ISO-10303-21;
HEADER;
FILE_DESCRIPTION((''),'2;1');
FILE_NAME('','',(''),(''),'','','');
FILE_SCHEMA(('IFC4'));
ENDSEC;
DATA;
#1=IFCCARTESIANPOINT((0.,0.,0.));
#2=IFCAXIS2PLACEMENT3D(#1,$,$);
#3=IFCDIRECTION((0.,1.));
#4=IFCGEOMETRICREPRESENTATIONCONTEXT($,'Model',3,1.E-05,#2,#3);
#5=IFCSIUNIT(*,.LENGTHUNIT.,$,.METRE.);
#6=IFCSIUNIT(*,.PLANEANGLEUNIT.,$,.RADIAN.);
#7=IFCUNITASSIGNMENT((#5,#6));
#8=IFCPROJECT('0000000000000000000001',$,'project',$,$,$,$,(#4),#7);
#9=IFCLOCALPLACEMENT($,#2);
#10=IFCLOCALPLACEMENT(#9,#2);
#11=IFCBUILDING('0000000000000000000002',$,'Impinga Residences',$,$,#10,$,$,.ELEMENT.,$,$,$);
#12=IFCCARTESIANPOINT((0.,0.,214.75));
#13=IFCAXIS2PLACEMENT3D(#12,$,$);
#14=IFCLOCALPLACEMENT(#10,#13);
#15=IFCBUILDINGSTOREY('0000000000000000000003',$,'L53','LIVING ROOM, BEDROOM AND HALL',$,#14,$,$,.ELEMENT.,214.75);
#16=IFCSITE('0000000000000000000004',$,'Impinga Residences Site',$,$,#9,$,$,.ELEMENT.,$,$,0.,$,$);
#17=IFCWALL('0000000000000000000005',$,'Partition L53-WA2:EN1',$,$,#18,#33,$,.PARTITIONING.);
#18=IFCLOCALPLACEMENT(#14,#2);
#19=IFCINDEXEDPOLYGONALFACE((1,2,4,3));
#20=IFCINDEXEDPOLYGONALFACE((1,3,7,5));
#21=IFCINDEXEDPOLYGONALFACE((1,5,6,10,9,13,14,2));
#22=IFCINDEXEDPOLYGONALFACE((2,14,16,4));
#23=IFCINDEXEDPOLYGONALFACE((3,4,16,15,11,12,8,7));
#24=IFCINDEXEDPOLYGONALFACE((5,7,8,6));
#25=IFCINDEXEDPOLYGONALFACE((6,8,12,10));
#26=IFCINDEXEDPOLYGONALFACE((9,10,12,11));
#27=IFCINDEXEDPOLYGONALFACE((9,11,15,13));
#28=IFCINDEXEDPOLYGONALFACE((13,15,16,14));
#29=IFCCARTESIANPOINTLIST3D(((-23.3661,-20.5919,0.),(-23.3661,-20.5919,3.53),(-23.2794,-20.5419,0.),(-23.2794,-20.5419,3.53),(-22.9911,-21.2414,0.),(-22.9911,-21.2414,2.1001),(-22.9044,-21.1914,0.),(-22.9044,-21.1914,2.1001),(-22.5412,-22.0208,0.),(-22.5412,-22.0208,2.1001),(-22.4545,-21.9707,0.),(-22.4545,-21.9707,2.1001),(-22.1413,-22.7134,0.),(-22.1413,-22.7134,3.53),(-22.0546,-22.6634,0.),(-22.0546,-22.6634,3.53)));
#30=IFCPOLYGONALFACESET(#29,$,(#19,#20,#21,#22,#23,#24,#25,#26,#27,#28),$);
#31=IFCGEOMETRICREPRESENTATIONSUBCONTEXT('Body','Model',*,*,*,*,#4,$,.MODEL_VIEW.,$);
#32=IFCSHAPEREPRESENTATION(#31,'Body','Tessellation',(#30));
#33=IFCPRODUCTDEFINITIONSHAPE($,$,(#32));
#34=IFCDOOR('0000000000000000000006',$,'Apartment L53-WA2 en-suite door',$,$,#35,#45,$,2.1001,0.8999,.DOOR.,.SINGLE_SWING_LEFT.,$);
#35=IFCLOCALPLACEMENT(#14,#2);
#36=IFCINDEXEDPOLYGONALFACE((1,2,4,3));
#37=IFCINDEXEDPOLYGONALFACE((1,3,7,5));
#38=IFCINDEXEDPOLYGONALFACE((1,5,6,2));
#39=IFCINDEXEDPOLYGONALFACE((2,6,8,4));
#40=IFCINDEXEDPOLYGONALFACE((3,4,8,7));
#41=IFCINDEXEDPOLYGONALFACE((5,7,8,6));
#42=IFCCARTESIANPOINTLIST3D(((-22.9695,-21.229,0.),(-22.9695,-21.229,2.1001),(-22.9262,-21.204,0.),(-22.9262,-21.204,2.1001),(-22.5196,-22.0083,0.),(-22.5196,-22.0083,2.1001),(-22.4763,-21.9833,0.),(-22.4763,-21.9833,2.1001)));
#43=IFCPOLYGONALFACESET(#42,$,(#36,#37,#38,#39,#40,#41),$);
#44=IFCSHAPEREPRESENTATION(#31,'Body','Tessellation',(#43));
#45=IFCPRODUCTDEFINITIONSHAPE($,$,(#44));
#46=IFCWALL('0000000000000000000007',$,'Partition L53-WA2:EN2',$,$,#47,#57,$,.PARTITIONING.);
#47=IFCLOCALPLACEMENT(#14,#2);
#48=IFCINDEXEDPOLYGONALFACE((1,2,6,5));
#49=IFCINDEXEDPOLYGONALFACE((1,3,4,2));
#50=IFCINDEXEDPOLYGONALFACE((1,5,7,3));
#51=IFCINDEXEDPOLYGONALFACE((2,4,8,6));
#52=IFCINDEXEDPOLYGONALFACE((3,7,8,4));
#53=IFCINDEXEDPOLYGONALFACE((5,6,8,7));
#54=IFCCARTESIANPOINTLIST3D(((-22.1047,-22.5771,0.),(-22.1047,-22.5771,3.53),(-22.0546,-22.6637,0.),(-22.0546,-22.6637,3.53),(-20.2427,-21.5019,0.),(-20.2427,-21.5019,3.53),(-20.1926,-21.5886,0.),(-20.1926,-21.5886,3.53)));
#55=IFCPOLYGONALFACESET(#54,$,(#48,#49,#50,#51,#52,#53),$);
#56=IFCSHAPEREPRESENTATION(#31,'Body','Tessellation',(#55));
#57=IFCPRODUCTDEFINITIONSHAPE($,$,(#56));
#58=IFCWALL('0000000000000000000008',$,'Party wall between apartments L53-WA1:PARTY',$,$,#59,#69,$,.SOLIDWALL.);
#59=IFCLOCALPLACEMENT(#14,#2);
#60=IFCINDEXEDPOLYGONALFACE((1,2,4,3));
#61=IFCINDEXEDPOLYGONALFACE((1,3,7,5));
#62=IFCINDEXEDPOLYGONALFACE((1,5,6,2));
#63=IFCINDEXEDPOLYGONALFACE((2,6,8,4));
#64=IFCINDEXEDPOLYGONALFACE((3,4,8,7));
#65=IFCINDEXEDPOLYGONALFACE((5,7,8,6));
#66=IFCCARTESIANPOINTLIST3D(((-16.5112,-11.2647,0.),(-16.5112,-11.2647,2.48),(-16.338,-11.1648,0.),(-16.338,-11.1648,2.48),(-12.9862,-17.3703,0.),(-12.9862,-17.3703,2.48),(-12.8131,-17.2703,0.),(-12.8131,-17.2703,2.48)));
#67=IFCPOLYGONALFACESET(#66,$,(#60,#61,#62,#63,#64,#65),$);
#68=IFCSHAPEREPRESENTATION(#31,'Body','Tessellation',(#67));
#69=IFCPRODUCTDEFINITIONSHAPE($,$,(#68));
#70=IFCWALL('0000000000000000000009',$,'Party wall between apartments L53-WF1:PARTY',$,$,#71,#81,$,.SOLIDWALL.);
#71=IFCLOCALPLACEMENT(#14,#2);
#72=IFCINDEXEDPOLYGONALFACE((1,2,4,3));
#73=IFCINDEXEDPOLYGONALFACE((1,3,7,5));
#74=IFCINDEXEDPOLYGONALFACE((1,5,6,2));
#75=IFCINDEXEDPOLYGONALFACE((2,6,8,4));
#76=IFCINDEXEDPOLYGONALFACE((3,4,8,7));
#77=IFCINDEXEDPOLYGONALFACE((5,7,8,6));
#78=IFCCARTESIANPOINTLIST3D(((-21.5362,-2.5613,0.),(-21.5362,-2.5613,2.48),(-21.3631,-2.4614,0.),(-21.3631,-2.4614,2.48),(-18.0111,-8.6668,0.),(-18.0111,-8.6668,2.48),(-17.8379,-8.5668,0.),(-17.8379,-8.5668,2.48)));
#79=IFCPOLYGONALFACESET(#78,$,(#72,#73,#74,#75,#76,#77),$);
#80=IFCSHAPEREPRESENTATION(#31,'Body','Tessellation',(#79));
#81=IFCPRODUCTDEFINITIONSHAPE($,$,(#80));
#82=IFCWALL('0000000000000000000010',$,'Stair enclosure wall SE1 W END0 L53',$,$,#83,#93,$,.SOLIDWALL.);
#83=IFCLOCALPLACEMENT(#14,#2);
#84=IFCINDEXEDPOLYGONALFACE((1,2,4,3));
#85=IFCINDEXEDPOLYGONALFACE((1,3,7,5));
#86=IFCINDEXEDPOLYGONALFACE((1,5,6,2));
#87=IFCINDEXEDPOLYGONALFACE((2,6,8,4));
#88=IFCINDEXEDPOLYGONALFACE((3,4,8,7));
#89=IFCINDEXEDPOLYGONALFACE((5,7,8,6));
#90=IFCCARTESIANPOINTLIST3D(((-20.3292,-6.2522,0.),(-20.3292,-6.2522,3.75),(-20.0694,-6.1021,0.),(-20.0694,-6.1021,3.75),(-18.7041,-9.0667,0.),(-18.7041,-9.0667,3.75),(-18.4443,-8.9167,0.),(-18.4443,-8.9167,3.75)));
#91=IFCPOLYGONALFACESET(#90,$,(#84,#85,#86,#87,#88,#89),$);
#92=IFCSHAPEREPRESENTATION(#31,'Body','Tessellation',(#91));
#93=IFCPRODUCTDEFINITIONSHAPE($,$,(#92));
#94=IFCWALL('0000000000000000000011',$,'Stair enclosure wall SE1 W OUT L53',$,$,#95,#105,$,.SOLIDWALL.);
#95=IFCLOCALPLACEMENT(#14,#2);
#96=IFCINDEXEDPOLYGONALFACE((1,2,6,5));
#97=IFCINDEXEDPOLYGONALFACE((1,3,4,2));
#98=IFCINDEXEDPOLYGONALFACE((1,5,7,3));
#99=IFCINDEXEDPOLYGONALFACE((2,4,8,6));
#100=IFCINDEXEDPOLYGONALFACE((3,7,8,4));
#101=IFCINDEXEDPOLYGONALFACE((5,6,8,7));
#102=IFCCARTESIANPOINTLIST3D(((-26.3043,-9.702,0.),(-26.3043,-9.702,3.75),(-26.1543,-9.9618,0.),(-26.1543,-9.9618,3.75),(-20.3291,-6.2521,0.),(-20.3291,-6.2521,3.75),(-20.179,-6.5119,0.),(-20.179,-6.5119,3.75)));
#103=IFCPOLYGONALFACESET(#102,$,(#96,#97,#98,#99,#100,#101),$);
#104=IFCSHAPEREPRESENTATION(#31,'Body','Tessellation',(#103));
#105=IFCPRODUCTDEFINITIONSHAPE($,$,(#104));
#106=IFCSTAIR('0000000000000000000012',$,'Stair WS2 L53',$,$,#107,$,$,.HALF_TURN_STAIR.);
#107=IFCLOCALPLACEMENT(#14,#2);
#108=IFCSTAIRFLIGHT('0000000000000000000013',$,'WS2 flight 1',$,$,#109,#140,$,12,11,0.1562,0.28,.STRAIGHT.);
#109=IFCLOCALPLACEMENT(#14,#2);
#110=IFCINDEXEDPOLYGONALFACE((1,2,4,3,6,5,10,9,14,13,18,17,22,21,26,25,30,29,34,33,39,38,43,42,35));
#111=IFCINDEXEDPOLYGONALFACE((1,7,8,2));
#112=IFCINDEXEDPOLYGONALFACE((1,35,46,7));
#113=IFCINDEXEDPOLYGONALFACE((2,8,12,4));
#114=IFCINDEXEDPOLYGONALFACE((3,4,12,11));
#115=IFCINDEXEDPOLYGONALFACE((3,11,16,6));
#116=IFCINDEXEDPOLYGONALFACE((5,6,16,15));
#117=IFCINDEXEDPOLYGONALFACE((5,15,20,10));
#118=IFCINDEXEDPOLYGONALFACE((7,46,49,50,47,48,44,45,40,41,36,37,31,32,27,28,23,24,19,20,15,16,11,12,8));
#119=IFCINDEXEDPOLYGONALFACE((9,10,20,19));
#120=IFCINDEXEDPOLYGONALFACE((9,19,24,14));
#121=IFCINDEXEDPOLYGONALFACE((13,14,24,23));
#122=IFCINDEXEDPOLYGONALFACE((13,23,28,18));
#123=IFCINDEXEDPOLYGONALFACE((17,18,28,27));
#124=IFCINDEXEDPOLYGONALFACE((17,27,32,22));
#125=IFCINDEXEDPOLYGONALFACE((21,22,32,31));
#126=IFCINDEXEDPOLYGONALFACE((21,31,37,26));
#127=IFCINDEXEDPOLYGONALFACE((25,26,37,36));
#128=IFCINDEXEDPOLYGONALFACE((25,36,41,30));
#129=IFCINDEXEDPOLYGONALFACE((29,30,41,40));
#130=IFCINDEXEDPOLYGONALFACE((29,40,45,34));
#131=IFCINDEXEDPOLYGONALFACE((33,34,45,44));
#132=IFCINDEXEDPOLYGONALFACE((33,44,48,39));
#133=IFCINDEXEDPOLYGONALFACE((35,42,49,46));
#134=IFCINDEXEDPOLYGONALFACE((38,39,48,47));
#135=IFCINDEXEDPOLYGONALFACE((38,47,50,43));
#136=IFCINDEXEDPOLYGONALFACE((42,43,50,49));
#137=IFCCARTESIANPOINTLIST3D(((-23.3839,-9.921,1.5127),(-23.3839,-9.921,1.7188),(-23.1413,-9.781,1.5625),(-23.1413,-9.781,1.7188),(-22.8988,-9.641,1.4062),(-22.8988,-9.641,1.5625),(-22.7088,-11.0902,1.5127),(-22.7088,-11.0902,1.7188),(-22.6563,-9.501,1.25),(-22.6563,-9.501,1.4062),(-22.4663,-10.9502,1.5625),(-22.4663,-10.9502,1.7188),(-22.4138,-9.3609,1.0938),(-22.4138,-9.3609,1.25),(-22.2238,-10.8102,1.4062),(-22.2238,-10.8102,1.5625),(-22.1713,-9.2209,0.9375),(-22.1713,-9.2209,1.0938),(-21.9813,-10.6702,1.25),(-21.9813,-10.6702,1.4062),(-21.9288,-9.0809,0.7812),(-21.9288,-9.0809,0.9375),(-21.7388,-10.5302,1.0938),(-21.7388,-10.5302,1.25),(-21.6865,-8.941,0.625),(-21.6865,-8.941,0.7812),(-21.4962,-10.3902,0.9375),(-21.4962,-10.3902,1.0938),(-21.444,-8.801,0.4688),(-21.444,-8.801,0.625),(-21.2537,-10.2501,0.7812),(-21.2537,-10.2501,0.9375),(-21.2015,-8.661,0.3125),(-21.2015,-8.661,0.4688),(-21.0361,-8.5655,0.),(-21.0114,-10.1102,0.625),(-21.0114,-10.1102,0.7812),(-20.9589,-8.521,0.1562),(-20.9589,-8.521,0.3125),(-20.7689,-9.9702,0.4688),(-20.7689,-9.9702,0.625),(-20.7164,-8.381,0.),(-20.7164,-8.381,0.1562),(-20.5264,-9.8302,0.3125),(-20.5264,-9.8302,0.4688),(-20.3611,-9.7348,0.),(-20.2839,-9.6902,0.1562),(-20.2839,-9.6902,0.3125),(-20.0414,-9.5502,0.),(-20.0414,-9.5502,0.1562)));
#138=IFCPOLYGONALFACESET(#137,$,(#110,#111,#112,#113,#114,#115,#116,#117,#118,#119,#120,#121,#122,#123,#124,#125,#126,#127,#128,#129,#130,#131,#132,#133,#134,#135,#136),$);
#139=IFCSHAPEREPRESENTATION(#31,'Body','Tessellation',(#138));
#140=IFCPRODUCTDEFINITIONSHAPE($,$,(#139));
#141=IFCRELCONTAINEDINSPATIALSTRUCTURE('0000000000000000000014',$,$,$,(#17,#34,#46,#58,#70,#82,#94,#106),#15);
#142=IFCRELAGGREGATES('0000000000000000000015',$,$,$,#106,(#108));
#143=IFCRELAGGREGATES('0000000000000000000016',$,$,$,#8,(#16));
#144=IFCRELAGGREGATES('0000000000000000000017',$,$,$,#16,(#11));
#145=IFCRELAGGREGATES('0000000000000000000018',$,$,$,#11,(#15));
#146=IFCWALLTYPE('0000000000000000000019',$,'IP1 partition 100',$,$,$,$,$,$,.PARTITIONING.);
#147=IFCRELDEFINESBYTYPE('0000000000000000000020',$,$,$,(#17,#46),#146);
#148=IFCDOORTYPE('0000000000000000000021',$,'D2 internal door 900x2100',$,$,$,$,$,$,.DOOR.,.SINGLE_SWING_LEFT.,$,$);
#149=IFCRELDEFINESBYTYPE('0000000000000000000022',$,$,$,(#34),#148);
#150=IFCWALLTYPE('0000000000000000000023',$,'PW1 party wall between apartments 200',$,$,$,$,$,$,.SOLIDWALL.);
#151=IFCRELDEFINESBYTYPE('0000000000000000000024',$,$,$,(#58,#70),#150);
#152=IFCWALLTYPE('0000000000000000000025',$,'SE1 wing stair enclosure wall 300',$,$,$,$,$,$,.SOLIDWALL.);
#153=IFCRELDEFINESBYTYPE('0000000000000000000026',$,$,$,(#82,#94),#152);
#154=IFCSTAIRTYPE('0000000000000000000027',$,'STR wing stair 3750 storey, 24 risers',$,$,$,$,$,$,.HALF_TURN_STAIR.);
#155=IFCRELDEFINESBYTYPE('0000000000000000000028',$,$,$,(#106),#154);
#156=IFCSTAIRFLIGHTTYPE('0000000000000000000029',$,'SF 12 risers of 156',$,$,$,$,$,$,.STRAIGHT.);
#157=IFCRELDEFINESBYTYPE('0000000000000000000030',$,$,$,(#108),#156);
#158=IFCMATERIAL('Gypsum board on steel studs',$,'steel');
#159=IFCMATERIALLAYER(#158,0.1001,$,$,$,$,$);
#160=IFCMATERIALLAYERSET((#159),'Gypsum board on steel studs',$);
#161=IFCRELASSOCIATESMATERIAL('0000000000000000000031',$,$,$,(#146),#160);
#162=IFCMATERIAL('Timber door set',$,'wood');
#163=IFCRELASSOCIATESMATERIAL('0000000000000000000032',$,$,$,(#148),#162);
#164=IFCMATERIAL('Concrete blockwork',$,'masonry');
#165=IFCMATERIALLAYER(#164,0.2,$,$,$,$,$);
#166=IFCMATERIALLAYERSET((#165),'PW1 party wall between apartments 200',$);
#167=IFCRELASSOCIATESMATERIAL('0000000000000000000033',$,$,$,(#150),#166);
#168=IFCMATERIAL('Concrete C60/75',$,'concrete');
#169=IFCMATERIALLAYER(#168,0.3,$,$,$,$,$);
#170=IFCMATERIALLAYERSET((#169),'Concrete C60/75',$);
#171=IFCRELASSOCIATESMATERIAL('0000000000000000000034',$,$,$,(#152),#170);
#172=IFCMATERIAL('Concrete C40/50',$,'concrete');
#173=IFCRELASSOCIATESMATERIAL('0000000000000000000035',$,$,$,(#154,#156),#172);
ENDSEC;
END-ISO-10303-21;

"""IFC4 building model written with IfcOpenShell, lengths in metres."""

from ifc_helpers import new_model, si_unit, direction, frame, frame_2d, origin, place, context, subcontext, project, spatial, polyline, rectangle, outline, extrude, material, layer, layer_set, type_object, element, fill, aggregate, save


model = new_model("IFC4")

# Units and contexts
model_context = context("Model", 3, precision=1e-05, world=origin(), true_north=direction((0.0, 1.0)))
body_context = subcontext(model_context, "Body", "Model", "MODEL_VIEW")
ifc_project = project(units=[si_unit("LENGTHUNIT", "METRE"), si_unit("PLANEANGLEUNIT", "RADIAN")], contexts=[model_context])

# Site, building, storey
site_placement = place(None, origin())
site = spatial("IfcSite", under=ifc_project, at=site_placement, Name="Impinga Residences Site", CompositionType="ELEMENT", RefElevation=0.0)
building_placement = place(site_placement, origin())
building = spatial("IfcBuilding", under=site, at=building_placement, Name="Impinga Residences", CompositionType="ELEMENT")
storey_placement = place(building_placement, frame((0.0, 0.0, 214.75)))
storey = spatial("IfcBuildingStorey", under=building, at=storey_placement, Name="L53", Description="LIVING ROOM, BEDROOM AND HALL", CompositionType="ELEMENT", Elevation=214.75)

# Shared definitions
ifc_material_1 = material(Name="Concrete C60/75", Category="concrete")

# Shared definitions
ifc_material_2 = material(Name="Gypsum board on steel studs", Category="steel")
ifc_layer_1 = layer(ifc_material_2, 0.1001)
ifc_layer_set_1 = layer_set([ifc_layer_1], Name="Gypsum board on steel studs")
wall_type_1 = type_object("IfcWallType", Name="IP1 partition 100", PredefinedType="PARTITIONING", material=ifc_layer_set_1)

# Shared definitions
ifc_material_3 = material(Name="Timber door set", Category="wood")
door_type = type_object("IfcDoorType", Name="D2 internal door 900x2100", OperationType="SINGLE_SWING_LEFT", PredefinedType="DOOR", material=ifc_material_3)

# Wall, opening, door
wall_1_placement = place(storey_placement, frame((-23.3228, -20.5669, 0.0), z_axis=(0.0, 0.0, 1.0), x_axis=(0.499987, -0.866033, 0.0)))
wall_1 = element("IfcWall", 1, at=wall_1_placement, inside=storey, type_object=wall_type_1, Name="Partition L53-WA2:EN1", PredefinedType="PARTITIONING", context=body_context, shape_type="SweptSolid", body=[
    extrude(rectangle(XDim=2.4497, YDim=0.1001, at=frame_2d((1.2249, 0.0))), origin(), (0.0, 0.0, 1.0), 3.53),
])
opening_1_placement = place(wall_1_placement, frame((0.75, 0.0, 0.0)))
opening_1 = element("IfcOpeningElement", 2, at=opening_1_placement, cuts=wall_1, PredefinedType="OPENING", context=body_context, shape_type="SweptSolid", body=[
    extrude(rectangle(XDim=0.8999, YDim=2.1001, at=frame_2d((0.45, 1.05))), frame((0.0, 0.0601, 0.0), z_axis=(0.0, -1.0, 0.0), x_axis=(1.0, 0.0, 0.0)), (0.0, 0.0, 1.0), 0.1201),
])
door_1_placement = place(opening_1_placement, origin())
door_1 = element("IfcDoor", 3, at=door_1_placement, inside=storey, type_object=door_type, Name="Apartment L53-WA2 en-suite door", OperationType="SINGLE_SWING_LEFT", OverallHeight=2.1001, OverallWidth=0.8999, PredefinedType="DOOR", context=body_context, shape_type="SweptSolid", body=[
    extrude(rectangle(XDim=0.8999, YDim=2.1001, at=frame_2d((0.45, 1.05))), frame((0.0, 0.0249, 0.0), z_axis=(0.0, -1.0, 0.0), x_axis=(1.0, 0.0, 0.0)), (0.0, 0.0, 1.0), 0.05),
])
fill(opening_1, door_1)

# Walls
wall_2_placement = place(storey_placement, frame((-20.2175, -21.5452, 0.0), z_axis=(0.0, 0.0, 1.0), x_axis=(-0.865998, -0.500047, 0.0)))
element("IfcWall", 4, at=wall_2_placement, inside=storey, type_object=wall_type_1, Name="Partition L53-WA2:EN2", PredefinedType="PARTITIONING", context=body_context, shape_type="SweptSolid", body=[
    extrude(rectangle(XDim=2.1501, YDim=0.1001, at=frame_2d((1.0752, 0.0))), origin(), (0.0, 0.0, 1.0), 3.53),
])
ifc_material_4 = material(Name="Concrete blockwork", Category="masonry")
ifc_layer_2 = layer(ifc_material_4, 0.2)
ifc_layer_set_2 = layer_set([ifc_layer_2], Name="PW1 party wall between apartments 200")
wall_type_2 = type_object("IfcWallType", Name="PW1 party wall between apartments 200", PredefinedType="SOLIDWALL", material=ifc_layer_set_2)
for number, where, z_axis, x_axis, name in (
    (5, (-16.4246, -11.2148, 0.0), (0.0, 0.0, 1.0), (0.49999, -0.866031, 0.0), "Party wall between apartments L53-WA1:PARTY"),
    (6, (-17.9246, -8.6167, 0.0), (0.0, 0.0, 1.0), (-0.500016, 0.866016, 0.0), "Party wall between apartments L53-WF1:PARTY"),
):
    element("IfcWall", number, at=place(storey_placement, frame(where, z_axis=z_axis, x_axis=x_axis)), inside=storey, type_object=wall_type_2, Name=name, PredefinedType="SOLIDWALL", context=body_context, shape_type="SweptSolid", body=[
        extrude(rectangle(XDim=7.05, YDim=0.2, at=frame_2d((3.5249, 0.0))), origin(), (0.0, 0.0, 1.0), 2.48),
    ])
ifc_layer_3 = layer(ifc_material_1, 0.3)
ifc_layer_set_3 = layer_set([ifc_layer_3], Name="Concrete C60/75")
wall_type_3 = type_object("IfcWallType", Name="SE1 wing stair enclosure wall 300", PredefinedType="SOLIDWALL", material=ifc_layer_set_3)
wall_3_placement = place(storey_placement, frame((-18.5742, -8.9917, 0.0), z_axis=(0.0, 0.0, 1.0), x_axis=(-0.500017, 0.866015, 0.0)))
element("IfcWall", 7, at=wall_3_placement, inside=storey, type_object=wall_type_3, Name="Stair enclosure wall SE1 W END0 L53", PredefinedType="SOLIDWALL", context=body_context, shape_type="SweptSolid", body=[
    extrude(rectangle(XDim=3.25, YDim=0.3, at=frame_2d((1.625, 0.0))), origin(), (0.0, 0.0, 1.0), 3.75),
])
wall_4_placement = place(storey_placement, frame((-20.2542, -6.3821, 0.0), z_axis=(0.0, 0.0, 1.0), x_axis=(-0.86602, -0.500009, 0.0)))
element("IfcWall", 8, at=wall_4_placement, inside=storey, type_object=wall_type_3, Name="Stair enclosure wall SE1 W OUT L53", PredefinedType="SOLIDWALL", context=body_context, shape_type="SweptSolid", body=[
    extrude(rectangle(XDim=6.8997, YDim=0.3, at=frame_2d((3.4497, 0.0))), origin(), (0.0, 0.0, 1.0), 3.75),
])

# Stair, stair flight
ifc_material_5 = material(Name="Concrete C40/50", Category="concrete")
stair_type = type_object("IfcStairType", Name="STR wing stair 3750 storey, 24 risers", PredefinedType="HALF_TURN_STAIR", material=ifc_material_5)
stair_placement = place(storey_placement, origin())
stair = element("IfcStair", 9, at=stair_placement, inside=storey, type_object=stair_type, Name="Stair WS2 L53", PredefinedType="HALF_TURN_STAIR")
stair_flight_type = type_object("IfcStairFlightType", Name="SF 12 risers of 156", PredefinedType="STRAIGHT", material=ifc_material_5)
stair_flight_placement = place(storey_placement, frame((-20.3789, -8.9656, 0.0), z_axis=(0.0, 0.0, 1.0), x_axis=(-0.866025, -0.5, 0.0)))
stair_flight = element("IfcStairFlight", 10, at=stair_flight_placement, type_object=stair_flight_type, Name="WS2 flight 1", NumberOfRisers=12, NumberOfTreads=11, PredefinedType="STRAIGHT", RiserHeight=0.1562, TreadLength=0.28, context=body_context, shape_type="SweptSolid", body=[
    extrude(outline(polyline([(0.0, 0.0), (0.0, 0.1562), (0.28, 0.1562), (0.28, 0.3125), (0.5601, 0.3125), (0.5601, 0.4688), (0.8401, 0.4688), (0.8401, 0.625), (1.1201, 0.625), (1.1201, 0.7812), (1.3999, 0.7812), (1.3999, 0.9375), (1.6799, 0.9375), (1.6799, 1.0938), (1.96, 1.0938), (1.96, 1.25), (2.24, 1.25), (2.24, 1.4062), (2.52, 1.4062), (2.52, 1.5625), (2.8, 1.5625), (2.8, 1.7188), (3.0801, 1.7188), (3.0801, 1.875), (3.0801, 1.5127), (0.3691, 0.0), (0.0, 0.0)])), frame((0.0, 0.675, 0.0), z_axis=(0.0, -1.0, 0.0), x_axis=(1.0, 0.0, 0.0)), (0.0, 0.0, 1.0), 1.3501),
])
aggregate(stair, [stair_flight])

save(model, "model.ifc")
